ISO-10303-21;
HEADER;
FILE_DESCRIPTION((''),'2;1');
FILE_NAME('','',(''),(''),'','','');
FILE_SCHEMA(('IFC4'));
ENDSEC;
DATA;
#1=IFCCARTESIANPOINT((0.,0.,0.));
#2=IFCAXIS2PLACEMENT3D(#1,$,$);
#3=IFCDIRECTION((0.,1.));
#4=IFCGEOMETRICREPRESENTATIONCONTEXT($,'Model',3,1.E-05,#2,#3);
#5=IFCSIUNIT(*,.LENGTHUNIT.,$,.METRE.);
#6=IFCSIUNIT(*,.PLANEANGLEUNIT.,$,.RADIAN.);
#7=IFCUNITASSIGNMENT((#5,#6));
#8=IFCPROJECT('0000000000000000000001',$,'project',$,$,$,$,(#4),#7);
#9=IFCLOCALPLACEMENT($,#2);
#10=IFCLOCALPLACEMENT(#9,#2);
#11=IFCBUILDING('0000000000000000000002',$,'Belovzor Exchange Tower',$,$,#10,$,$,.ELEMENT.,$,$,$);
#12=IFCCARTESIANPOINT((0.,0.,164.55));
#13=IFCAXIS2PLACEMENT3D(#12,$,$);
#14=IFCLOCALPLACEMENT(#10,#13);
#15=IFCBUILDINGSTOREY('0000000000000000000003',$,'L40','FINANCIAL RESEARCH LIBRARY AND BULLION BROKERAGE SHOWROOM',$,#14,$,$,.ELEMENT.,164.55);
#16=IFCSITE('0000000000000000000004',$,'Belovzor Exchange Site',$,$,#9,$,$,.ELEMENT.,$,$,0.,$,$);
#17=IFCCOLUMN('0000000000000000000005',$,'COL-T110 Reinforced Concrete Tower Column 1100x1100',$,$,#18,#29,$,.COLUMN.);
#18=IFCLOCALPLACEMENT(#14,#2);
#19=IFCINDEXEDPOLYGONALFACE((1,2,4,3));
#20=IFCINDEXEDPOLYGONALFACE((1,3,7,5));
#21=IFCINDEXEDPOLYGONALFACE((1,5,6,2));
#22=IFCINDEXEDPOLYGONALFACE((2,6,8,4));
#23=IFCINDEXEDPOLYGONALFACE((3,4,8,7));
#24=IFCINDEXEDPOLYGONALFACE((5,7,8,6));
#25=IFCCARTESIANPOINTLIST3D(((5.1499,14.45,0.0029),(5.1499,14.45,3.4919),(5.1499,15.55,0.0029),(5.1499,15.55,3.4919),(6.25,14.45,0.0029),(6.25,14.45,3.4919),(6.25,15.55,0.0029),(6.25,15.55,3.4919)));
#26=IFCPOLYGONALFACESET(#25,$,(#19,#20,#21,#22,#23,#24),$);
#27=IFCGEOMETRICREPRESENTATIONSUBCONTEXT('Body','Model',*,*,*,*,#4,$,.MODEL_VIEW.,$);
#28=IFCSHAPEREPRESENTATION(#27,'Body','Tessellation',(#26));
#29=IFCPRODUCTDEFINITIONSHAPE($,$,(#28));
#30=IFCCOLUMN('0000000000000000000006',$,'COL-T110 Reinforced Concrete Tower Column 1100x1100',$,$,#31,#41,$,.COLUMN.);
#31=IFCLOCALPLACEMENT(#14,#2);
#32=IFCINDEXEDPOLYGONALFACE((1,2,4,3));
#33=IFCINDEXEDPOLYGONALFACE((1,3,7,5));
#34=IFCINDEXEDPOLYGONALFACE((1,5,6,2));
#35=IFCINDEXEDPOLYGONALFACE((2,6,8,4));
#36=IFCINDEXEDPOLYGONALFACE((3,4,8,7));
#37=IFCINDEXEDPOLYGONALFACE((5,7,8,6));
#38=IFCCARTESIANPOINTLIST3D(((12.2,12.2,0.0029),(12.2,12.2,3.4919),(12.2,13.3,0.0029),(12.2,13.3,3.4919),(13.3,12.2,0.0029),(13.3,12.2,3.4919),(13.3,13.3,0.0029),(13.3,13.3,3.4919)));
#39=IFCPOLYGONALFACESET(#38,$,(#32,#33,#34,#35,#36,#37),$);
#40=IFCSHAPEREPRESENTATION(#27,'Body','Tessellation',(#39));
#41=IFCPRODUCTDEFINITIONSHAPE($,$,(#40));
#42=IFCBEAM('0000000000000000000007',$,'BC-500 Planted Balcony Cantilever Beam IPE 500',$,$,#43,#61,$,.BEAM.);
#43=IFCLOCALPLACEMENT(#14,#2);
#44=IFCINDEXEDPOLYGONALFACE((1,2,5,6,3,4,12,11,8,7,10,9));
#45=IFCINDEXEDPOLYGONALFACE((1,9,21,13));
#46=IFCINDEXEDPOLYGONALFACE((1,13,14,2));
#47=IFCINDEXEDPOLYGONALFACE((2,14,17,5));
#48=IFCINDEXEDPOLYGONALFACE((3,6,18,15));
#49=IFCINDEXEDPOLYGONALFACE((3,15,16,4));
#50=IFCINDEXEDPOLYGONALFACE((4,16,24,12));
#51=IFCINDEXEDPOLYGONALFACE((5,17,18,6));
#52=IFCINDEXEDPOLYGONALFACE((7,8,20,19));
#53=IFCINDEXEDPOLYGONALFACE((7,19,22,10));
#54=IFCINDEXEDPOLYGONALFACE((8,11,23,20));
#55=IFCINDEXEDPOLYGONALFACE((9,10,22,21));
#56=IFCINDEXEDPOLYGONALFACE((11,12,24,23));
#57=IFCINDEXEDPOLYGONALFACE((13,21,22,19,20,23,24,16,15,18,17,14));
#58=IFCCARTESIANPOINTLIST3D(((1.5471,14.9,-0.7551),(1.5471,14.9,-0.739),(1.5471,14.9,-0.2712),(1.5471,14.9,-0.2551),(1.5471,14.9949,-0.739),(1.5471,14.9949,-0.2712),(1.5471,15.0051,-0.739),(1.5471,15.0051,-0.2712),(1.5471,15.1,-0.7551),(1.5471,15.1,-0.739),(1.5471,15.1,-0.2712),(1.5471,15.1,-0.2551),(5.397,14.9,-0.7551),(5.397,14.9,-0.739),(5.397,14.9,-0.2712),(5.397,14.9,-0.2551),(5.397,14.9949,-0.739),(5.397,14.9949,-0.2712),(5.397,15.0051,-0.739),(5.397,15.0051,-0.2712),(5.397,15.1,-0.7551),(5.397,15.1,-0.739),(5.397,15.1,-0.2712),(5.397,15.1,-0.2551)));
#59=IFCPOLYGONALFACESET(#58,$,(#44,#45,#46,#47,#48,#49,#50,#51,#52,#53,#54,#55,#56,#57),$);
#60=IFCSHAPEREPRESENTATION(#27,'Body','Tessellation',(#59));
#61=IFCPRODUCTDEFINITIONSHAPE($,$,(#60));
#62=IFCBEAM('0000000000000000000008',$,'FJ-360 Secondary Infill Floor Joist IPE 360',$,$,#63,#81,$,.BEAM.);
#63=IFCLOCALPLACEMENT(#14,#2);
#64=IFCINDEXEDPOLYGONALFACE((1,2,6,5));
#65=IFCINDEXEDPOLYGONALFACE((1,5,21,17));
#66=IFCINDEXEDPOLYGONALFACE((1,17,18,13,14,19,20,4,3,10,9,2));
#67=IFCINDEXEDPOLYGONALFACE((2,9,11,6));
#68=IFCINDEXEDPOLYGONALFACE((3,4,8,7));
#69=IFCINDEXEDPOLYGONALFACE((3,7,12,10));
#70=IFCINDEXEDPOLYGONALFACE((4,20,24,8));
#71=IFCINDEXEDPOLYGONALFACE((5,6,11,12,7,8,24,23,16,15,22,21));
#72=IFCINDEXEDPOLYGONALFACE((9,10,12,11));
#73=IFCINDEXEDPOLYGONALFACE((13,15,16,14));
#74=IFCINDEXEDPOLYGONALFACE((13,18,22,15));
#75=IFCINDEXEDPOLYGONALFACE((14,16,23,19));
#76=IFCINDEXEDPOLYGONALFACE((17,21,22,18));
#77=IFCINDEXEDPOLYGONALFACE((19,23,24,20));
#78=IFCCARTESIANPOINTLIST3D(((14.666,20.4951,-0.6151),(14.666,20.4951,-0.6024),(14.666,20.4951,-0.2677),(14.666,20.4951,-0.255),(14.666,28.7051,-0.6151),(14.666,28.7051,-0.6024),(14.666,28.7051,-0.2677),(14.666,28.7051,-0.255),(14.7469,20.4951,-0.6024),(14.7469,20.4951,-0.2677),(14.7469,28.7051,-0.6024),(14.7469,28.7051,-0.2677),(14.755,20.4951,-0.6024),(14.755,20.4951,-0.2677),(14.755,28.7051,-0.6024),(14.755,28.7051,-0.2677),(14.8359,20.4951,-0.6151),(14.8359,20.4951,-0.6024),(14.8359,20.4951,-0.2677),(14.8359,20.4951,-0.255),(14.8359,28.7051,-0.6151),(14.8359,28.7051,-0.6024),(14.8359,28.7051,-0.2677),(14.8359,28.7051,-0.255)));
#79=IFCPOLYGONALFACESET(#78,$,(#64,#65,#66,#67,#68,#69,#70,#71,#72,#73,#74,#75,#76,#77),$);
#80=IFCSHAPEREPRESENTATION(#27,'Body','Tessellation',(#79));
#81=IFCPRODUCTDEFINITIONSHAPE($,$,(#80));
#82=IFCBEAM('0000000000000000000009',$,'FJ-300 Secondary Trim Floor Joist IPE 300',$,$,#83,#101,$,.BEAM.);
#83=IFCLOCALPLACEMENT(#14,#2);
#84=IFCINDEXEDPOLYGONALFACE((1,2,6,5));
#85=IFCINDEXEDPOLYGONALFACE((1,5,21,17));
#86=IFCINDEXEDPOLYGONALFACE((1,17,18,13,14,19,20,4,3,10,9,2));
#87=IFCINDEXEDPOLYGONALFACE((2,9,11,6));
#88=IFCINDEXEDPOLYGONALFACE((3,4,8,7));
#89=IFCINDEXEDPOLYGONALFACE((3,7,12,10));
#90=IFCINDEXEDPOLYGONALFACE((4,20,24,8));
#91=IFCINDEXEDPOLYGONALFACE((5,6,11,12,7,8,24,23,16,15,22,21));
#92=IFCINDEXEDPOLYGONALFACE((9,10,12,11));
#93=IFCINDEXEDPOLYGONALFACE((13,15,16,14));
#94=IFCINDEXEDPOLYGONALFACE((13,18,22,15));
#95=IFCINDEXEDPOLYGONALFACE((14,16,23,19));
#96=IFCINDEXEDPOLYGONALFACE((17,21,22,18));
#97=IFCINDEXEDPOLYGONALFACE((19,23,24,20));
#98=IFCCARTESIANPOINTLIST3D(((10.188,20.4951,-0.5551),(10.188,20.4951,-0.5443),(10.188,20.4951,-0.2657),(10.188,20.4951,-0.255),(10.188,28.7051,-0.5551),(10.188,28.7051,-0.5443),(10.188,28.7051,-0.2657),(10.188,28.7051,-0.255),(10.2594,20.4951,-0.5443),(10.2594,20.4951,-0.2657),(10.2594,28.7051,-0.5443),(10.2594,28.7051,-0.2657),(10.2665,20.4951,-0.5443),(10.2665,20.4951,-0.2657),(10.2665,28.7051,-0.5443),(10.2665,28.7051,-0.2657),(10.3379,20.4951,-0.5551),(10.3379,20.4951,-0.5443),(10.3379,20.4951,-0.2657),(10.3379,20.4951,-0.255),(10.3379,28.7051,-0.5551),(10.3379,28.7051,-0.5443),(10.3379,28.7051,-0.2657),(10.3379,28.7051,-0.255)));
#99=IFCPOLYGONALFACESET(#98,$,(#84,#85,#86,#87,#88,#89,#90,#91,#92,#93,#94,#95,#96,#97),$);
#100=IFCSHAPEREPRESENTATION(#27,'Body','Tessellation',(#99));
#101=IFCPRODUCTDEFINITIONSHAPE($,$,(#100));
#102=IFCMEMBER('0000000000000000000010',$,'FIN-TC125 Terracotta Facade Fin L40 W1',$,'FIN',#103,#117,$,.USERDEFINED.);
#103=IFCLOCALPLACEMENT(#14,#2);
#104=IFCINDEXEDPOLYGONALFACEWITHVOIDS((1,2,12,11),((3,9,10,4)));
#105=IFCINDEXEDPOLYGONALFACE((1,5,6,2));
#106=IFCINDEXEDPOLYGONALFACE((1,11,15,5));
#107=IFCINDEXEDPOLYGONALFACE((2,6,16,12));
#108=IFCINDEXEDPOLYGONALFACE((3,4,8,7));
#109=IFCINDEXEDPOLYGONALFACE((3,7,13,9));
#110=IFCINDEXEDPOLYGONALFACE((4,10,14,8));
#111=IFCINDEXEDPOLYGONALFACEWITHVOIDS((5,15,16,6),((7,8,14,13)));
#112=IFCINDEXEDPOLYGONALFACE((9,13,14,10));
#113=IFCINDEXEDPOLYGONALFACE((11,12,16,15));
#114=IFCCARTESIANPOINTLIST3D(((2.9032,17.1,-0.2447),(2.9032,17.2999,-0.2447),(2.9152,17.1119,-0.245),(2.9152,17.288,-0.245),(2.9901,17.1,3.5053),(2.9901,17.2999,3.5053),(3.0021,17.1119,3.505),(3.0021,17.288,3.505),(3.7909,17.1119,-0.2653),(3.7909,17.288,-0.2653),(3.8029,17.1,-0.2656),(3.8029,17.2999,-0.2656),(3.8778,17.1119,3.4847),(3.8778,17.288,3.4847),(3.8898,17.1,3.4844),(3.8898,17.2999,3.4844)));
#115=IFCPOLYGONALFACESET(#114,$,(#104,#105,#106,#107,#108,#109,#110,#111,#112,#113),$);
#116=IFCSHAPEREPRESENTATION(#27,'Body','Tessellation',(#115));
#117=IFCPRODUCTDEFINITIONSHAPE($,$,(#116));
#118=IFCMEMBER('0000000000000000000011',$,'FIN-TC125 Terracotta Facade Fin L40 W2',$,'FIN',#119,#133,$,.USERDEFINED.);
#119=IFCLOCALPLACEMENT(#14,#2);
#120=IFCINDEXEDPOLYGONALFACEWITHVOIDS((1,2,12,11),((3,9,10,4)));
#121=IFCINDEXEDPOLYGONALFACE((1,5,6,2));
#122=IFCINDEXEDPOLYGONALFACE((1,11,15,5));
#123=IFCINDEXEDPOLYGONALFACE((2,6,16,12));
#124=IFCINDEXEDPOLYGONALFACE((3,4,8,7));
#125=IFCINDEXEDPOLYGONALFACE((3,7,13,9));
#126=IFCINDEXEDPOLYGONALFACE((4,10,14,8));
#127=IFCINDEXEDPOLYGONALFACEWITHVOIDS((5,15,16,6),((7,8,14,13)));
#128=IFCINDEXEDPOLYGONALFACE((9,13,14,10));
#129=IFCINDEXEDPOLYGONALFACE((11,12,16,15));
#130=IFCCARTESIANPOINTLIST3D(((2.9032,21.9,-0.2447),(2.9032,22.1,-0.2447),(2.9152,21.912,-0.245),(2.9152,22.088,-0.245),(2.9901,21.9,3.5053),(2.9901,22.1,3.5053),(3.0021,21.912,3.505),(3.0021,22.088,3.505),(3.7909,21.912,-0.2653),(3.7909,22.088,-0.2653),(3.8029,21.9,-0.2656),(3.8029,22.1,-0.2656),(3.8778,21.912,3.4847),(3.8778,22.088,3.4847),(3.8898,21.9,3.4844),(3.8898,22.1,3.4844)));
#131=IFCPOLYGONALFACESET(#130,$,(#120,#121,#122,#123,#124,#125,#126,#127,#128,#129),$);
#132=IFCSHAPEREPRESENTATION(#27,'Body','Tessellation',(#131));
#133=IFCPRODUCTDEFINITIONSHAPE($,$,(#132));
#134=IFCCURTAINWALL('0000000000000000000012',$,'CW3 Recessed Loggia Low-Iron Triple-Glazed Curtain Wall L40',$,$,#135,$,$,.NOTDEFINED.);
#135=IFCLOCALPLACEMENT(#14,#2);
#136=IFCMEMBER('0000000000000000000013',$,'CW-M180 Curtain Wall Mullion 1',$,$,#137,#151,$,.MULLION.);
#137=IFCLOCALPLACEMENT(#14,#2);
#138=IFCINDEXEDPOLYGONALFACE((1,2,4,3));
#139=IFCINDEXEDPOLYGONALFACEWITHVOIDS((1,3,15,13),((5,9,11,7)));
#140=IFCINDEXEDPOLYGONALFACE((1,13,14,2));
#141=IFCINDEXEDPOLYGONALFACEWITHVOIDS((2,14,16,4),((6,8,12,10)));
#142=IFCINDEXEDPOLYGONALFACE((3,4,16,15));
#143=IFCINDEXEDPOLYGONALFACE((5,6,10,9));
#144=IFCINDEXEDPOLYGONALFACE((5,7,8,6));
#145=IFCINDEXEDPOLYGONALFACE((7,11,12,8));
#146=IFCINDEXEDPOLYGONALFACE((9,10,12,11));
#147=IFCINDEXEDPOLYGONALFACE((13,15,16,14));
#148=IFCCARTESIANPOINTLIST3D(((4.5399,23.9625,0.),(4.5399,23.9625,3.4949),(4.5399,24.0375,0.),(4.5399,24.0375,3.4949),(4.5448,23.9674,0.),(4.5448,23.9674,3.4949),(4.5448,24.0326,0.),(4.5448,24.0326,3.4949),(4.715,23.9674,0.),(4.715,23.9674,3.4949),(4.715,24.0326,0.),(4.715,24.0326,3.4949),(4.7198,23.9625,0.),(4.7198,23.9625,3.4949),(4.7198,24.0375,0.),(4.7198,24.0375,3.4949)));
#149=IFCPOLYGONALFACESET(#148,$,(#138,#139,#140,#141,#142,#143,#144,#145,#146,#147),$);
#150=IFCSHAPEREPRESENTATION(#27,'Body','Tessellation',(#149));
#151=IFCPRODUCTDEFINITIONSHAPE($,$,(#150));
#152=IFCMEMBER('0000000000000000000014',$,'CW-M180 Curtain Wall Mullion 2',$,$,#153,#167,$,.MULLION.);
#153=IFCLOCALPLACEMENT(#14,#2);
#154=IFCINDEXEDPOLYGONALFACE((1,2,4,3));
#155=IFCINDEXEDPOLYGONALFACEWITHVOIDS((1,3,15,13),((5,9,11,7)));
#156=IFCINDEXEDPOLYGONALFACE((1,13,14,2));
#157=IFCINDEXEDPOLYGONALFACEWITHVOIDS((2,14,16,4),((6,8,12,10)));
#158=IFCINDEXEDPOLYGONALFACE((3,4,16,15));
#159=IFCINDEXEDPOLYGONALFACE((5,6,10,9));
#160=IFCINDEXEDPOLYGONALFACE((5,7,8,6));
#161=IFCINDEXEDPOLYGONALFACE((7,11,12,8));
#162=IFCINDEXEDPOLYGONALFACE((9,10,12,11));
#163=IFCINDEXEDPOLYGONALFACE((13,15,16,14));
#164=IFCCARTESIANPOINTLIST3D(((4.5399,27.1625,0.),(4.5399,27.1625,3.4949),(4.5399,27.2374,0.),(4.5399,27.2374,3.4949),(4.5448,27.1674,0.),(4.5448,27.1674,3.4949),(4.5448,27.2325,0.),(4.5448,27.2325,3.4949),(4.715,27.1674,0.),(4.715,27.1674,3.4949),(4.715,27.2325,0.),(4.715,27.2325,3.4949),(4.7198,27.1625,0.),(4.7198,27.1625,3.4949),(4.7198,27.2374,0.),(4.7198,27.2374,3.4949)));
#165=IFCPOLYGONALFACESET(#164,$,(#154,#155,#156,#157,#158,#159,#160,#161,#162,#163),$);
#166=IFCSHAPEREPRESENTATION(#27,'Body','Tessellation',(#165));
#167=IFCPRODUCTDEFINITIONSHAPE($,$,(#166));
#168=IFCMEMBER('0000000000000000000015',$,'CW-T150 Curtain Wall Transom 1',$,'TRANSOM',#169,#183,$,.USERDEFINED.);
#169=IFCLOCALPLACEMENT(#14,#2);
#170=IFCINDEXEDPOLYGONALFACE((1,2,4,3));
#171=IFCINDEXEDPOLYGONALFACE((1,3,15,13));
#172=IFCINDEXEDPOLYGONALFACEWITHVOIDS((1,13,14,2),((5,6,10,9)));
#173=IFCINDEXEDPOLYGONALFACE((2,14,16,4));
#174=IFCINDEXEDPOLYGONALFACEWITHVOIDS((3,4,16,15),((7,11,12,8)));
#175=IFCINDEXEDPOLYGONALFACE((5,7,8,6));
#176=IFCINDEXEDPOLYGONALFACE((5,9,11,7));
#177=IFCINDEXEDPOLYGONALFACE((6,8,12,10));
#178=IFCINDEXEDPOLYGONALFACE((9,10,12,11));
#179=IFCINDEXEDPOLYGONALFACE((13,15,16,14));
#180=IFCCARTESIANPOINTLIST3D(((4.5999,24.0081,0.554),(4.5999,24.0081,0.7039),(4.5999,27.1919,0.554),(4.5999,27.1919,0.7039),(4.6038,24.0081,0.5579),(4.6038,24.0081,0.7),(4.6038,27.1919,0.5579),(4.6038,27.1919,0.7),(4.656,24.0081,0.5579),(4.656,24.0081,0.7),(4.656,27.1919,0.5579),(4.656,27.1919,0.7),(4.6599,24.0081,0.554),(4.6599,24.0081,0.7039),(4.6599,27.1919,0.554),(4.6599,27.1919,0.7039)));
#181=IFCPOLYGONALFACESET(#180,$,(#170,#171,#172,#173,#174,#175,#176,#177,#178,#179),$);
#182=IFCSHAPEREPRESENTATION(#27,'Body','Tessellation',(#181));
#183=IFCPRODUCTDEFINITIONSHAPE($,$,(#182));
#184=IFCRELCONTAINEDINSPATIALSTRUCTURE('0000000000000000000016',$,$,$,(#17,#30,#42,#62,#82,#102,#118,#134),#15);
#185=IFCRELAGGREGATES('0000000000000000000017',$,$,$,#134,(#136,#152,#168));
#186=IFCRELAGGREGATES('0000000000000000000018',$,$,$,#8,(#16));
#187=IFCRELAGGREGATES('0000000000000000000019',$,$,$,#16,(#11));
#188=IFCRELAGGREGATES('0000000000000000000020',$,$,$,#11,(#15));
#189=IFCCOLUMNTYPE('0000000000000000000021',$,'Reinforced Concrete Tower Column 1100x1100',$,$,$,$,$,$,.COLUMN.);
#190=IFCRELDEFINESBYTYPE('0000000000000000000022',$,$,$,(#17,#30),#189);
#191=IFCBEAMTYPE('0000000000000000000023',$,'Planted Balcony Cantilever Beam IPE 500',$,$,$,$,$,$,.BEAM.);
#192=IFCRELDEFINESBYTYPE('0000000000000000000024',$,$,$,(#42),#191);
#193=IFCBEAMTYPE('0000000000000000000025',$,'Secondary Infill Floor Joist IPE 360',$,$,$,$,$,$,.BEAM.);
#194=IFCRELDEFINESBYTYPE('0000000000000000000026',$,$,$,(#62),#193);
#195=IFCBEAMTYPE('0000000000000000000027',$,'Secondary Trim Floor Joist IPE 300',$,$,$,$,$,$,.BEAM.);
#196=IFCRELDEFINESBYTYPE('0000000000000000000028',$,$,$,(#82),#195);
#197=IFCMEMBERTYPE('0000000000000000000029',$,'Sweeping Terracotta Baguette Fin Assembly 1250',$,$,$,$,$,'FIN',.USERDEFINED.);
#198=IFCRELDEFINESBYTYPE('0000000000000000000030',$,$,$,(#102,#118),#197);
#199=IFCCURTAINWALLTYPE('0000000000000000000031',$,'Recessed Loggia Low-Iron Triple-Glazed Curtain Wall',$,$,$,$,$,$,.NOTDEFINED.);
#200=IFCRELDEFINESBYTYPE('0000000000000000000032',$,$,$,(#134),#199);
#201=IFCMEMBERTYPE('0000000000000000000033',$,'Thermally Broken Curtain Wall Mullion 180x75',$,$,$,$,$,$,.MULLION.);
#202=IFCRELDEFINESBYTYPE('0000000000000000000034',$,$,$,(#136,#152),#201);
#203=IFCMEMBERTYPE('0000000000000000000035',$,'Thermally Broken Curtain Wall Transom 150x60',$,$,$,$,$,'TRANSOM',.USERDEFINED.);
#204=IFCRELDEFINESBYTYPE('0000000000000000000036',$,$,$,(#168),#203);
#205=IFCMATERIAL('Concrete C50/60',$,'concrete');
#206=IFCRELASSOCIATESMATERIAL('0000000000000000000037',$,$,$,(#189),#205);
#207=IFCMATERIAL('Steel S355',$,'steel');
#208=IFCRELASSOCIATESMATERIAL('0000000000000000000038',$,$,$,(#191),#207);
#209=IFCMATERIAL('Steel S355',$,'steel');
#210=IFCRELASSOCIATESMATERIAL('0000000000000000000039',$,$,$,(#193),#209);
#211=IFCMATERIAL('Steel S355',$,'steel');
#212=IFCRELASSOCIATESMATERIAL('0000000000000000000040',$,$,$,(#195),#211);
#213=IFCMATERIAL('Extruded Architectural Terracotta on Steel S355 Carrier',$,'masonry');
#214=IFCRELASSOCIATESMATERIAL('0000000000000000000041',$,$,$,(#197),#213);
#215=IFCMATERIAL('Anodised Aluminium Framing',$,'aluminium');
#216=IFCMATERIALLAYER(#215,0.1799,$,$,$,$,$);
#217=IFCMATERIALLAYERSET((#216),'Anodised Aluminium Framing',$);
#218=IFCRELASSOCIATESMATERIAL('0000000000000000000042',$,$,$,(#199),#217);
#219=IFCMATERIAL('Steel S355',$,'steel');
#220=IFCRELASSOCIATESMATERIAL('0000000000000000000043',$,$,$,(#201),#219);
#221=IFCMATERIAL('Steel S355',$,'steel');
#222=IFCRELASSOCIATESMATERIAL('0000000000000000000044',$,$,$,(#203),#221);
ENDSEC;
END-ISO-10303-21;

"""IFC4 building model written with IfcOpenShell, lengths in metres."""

from ifc_helpers import new_model, si_unit, direction, frame, origin, origin_2d, place, context, subcontext, project, spatial, rectangle, hollow_rectangle, i_section, extrude, material, layer, layer_set, material_profile, profile_set, type_object, element, aggregate, save


model = new_model("IFC4")

# Units and contexts
model_context = context("Model", 3, precision=1e-05, world=origin(), true_north=direction((0.0, 1.0)))
body_context = subcontext(model_context, "Body", "Model", "MODEL_VIEW")
ifc_project = project(units=[si_unit("LENGTHUNIT", "METRE"), si_unit("PLANEANGLEUNIT", "RADIAN")], contexts=[model_context])

# Site, building, storey
site_placement = place(None, origin())
site = spatial("IfcSite", under=ifc_project, at=site_placement, Name="Belovzor Exchange Site", CompositionType="ELEMENT", RefElevation=0.0)
building_placement = place(site_placement, origin())
building = spatial("IfcBuilding", under=site, at=building_placement, Name="Belovzor Exchange Tower", CompositionType="ELEMENT")
storey_placement = place(building_placement, frame((0.0, 0.0, 164.55)))
storey = spatial("IfcBuildingStorey", under=building, at=storey_placement, Name="L40", Description="FINANCIAL RESEARCH LIBRARY AND BULLION BROKERAGE SHOWROOM", CompositionType="ELEMENT", Elevation=164.55)

# Columns
ifc_material_1 = material(Name="Concrete C50/60", Category="concrete")
ifc_material_profile_1 = material_profile(ifc_material_1, rectangle(XDim=1.1001, YDim=1.1001, at=origin_2d()))
ifc_profile_set_1 = profile_set([ifc_material_profile_1], Name="Concrete C50/60")
column_type = type_object("IfcColumnType", Name="Reinforced Concrete Tower Column 1100x1100", PredefinedType="COLUMN", material=ifc_profile_set_1)
for number, where, z_axis, x_axis, name in (
    (1, (5.7, 15.0, 0.0029), (0.0, 0.0, 1.0), (1.0, 0.0, 0.0), "COL-T110 Reinforced Concrete Tower Column 1100x1100"),
    (2, (12.75, 12.75, 0.0029), (0.0, 0.0, 1.0), (1.0, 0.0, 0.0), "COL-T110 Reinforced Concrete Tower Column 1100x1100"),
):
    element("IfcColumn", number, at=place(storey_placement, frame(where, z_axis=z_axis, x_axis=x_axis)), inside=storey, type_object=column_type, Name=name, PredefinedType="COLUMN", context=body_context, shape_type="SweptSolid", body=[
        extrude(rectangle(XDim=1.1001, YDim=1.1001, at=origin_2d()), origin(), (0.0, 0.0, 1.0), 3.489),
    ])

# Beams
ifc_material_2 = material(Name="Steel S355", Category="steel")
ifc_material_profile_2 = material_profile(ifc_material_2, i_section(OverallWidth=0.2, OverallDepth=0.5, WebThickness=0.0103, FlangeThickness=0.0161, at=origin_2d()))
ifc_profile_set_2 = profile_set([ifc_material_profile_2], Name="Steel S355")
beam_type_1 = type_object("IfcBeamType", Name="Planted Balcony Cantilever Beam IPE 500", PredefinedType="BEAM", material=ifc_profile_set_2)
beam_1_placement = place(storey_placement, frame((5.397, 15.0, -0.5051), z_axis=(-1.0, 0.0, 0.0), x_axis=(0.0, -1.0, 0.0)))
element("IfcBeam", 3, at=beam_1_placement, inside=storey, type_object=beam_type_1, Name="BC-500 Planted Balcony Cantilever Beam IPE 500", PredefinedType="BEAM", context=body_context, shape_type="SweptSolid", body=[
    extrude(i_section(OverallWidth=0.2, OverallDepth=0.5, WebThickness=0.0103, FlangeThickness=0.0161, at=origin_2d()), origin(), (0.0, 0.0, 1.0), 3.8499),
])
ifc_material_3 = material(Name="Steel S355", Category="steel")
ifc_material_profile_3 = material_profile(ifc_material_3, i_section(OverallWidth=0.1699, OverallDepth=0.3601, WebThickness=0.0081, FlangeThickness=0.0127, at=origin_2d()))
ifc_profile_set_3 = profile_set([ifc_material_profile_3], Name="Steel S355")
beam_type_2 = type_object("IfcBeamType", Name="Secondary Infill Floor Joist IPE 360", PredefinedType="BEAM", material=ifc_profile_set_3)
beam_2_placement = place(storey_placement, frame((14.751, 20.4951, -0.4351), z_axis=(0.0, 1.0, 0.0), x_axis=(-1.0, 0.0, 0.0)))
element("IfcBeam", 4, at=beam_2_placement, inside=storey, type_object=beam_type_2, Name="FJ-360 Secondary Infill Floor Joist IPE 360", PredefinedType="BEAM", context=body_context, shape_type="SweptSolid", body=[
    extrude(i_section(OverallWidth=0.1699, OverallDepth=0.3601, WebThickness=0.0081, FlangeThickness=0.0127, at=origin_2d()), origin(), (0.0, 0.0, 1.0), 8.21),
])
ifc_material_4 = material(Name="Steel S355", Category="steel")
ifc_material_profile_4 = material_profile(ifc_material_4, i_section(OverallWidth=0.1499, OverallDepth=0.3, WebThickness=0.0071, FlangeThickness=0.0107, at=origin_2d()))
ifc_profile_set_4 = profile_set([ifc_material_profile_4], Name="Steel S355")
beam_type_3 = type_object("IfcBeamType", Name="Secondary Trim Floor Joist IPE 300", PredefinedType="BEAM", material=ifc_profile_set_4)
beam_3_placement = place(storey_placement, frame((10.2629, 20.4951, -0.405), z_axis=(0.0, 1.0, 0.0), x_axis=(-1.0, 0.0, 0.0)))
element("IfcBeam", 5, at=beam_3_placement, inside=storey, type_object=beam_type_3, Name="FJ-300 Secondary Trim Floor Joist IPE 300", PredefinedType="BEAM", context=body_context, shape_type="SweptSolid", body=[
    extrude(i_section(OverallWidth=0.1499, OverallDepth=0.3, WebThickness=0.0071, FlangeThickness=0.0107, at=origin_2d()), origin(), (0.0, 0.0, 1.0), 8.21),
])

# Members
ifc_material_5 = material(Name="Extruded Architectural Terracotta on Steel S355 Carrier", Category="masonry")
ifc_material_profile_5 = material_profile(ifc_material_5, hollow_rectangle(XDim=0.2, YDim=0.8999, WallThickness=0.012, at=origin_2d()))
ifc_profile_set_5 = profile_set([ifc_material_profile_5], Name="Extruded Architectural Terracotta on Steel S355 Carrier")
member_type_1 = type_object("IfcMemberType", Name="Sweeping Terracotta Baguette Fin Assembly 1250", ElementType="FIN", PredefinedType="USERDEFINED", material=ifc_profile_set_5)
for number, where, z_axis, x_axis, name in (
    (6, (3.353, 17.2, -0.2551), (0.023171, 0.0, 0.999732), (0.0, 1.0, 0.0), "FIN-TC125 Terracotta Facade Fin L40 W1"),
    (7, (3.353, 22.0, -0.2551), (0.023171, 0.0, 0.999732), (0.0, 1.0, 0.0), "FIN-TC125 Terracotta Facade Fin L40 W2"),
):
    element("IfcMember", number, at=place(storey_placement, frame(where, z_axis=z_axis, x_axis=x_axis)), inside=storey, type_object=member_type_1, Name=name, ObjectType="FIN", PredefinedType="USERDEFINED", context=body_context, shape_type="SweptSolid", body=[
        extrude(hollow_rectangle(XDim=0.2, YDim=0.8999, WallThickness=0.012, at=origin_2d()), origin(), (0.0, 0.0, 1.0), 3.751),
    ])

# Curtain wall, members
ifc_material_6 = material(Name="Anodised Aluminium Framing", Category="aluminium")
ifc_layer_1 = layer(ifc_material_6, 0.1799)
ifc_layer_set_1 = layer_set([ifc_layer_1], Name="Anodised Aluminium Framing")
curtain_wall_type = type_object("IfcCurtainWallType", Name="Recessed Loggia Low-Iron Triple-Glazed Curtain Wall", PredefinedType="NOTDEFINED", material=ifc_layer_set_1)
curtain_wall_placement = place(storey_placement, origin())
curtain_wall = element("IfcCurtainWall", 8, at=curtain_wall_placement, inside=storey, type_object=curtain_wall_type, Name="CW3 Recessed Loggia Low-Iron Triple-Glazed Curtain Wall L40", PredefinedType="NOTDEFINED")
ifc_material_7 = material(Name="Steel S355", Category="steel")
ifc_material_profile_6 = material_profile(ifc_material_7, hollow_rectangle(XDim=0.075, YDim=0.1799, WallThickness=0.0049, at=origin_2d()))
ifc_profile_set_6 = profile_set([ifc_material_profile_6], Name="Steel S355")
member_type_2 = type_object("IfcMemberType", Name="Thermally Broken Curtain Wall Mullion 180x75", PredefinedType="MULLION", material=ifc_profile_set_6)
member_1_placement = place(storey_placement, frame((4.6299, 24.0, 0.0), z_axis=(0.0, 0.0, 1.0), x_axis=(0.0, 1.0, 0.0)))
member_1 = element("IfcMember", 9, at=member_1_placement, type_object=member_type_2, Name="CW-M180 Curtain Wall Mullion 1", PredefinedType="MULLION", context=body_context, shape_type="SweptSolid", body=[
    extrude(hollow_rectangle(XDim=0.075, YDim=0.1799, WallThickness=0.0049, at=origin_2d()), origin(), (0.0, 0.0, 1.0), 3.4949),
])
member_2_placement = place(storey_placement, frame((4.6299, 27.2, 0.0), z_axis=(0.0, 0.0, 1.0), x_axis=(0.0, 1.0, 0.0)))
member_2 = element("IfcMember", 10, at=member_2_placement, type_object=member_type_2, Name="CW-M180 Curtain Wall Mullion 2", PredefinedType="MULLION", context=body_context, shape_type="SweptSolid", body=[
    extrude(hollow_rectangle(XDim=0.075, YDim=0.1799, WallThickness=0.0049, at=origin_2d()), origin(), (0.0, 0.0, 1.0), 3.4949),
])
ifc_material_8 = material(Name="Steel S355", Category="steel")
ifc_material_profile_7 = material_profile(ifc_material_8, hollow_rectangle(XDim=0.0601, YDim=0.1499, WallThickness=0.0039, at=origin_2d()))
ifc_profile_set_7 = profile_set([ifc_material_profile_7], Name="Steel S355")
member_type_3 = type_object("IfcMemberType", Name="Thermally Broken Curtain Wall Transom 150x60", ElementType="TRANSOM", PredefinedType="USERDEFINED", material=ifc_profile_set_7)
member_3_placement = place(storey_placement, frame((4.6299, 24.0081, 0.6289), z_axis=(0.0, 1.0, 0.0), x_axis=(-1.0, 0.0, 0.0)))
member_3 = element("IfcMember", 11, at=member_3_placement, type_object=member_type_3, Name="CW-T150 Curtain Wall Transom 1", ObjectType="TRANSOM", PredefinedType="USERDEFINED", context=body_context, shape_type="SweptSolid", body=[
    extrude(hollow_rectangle(XDim=0.0601, YDim=0.1499, WallThickness=0.0039, at=origin_2d()), origin(), (0.0, 0.0, 1.0), 3.1838),
])

aggregate(curtain_wall, [member_1, member_2, member_3])

save(model, "model.ifc")
